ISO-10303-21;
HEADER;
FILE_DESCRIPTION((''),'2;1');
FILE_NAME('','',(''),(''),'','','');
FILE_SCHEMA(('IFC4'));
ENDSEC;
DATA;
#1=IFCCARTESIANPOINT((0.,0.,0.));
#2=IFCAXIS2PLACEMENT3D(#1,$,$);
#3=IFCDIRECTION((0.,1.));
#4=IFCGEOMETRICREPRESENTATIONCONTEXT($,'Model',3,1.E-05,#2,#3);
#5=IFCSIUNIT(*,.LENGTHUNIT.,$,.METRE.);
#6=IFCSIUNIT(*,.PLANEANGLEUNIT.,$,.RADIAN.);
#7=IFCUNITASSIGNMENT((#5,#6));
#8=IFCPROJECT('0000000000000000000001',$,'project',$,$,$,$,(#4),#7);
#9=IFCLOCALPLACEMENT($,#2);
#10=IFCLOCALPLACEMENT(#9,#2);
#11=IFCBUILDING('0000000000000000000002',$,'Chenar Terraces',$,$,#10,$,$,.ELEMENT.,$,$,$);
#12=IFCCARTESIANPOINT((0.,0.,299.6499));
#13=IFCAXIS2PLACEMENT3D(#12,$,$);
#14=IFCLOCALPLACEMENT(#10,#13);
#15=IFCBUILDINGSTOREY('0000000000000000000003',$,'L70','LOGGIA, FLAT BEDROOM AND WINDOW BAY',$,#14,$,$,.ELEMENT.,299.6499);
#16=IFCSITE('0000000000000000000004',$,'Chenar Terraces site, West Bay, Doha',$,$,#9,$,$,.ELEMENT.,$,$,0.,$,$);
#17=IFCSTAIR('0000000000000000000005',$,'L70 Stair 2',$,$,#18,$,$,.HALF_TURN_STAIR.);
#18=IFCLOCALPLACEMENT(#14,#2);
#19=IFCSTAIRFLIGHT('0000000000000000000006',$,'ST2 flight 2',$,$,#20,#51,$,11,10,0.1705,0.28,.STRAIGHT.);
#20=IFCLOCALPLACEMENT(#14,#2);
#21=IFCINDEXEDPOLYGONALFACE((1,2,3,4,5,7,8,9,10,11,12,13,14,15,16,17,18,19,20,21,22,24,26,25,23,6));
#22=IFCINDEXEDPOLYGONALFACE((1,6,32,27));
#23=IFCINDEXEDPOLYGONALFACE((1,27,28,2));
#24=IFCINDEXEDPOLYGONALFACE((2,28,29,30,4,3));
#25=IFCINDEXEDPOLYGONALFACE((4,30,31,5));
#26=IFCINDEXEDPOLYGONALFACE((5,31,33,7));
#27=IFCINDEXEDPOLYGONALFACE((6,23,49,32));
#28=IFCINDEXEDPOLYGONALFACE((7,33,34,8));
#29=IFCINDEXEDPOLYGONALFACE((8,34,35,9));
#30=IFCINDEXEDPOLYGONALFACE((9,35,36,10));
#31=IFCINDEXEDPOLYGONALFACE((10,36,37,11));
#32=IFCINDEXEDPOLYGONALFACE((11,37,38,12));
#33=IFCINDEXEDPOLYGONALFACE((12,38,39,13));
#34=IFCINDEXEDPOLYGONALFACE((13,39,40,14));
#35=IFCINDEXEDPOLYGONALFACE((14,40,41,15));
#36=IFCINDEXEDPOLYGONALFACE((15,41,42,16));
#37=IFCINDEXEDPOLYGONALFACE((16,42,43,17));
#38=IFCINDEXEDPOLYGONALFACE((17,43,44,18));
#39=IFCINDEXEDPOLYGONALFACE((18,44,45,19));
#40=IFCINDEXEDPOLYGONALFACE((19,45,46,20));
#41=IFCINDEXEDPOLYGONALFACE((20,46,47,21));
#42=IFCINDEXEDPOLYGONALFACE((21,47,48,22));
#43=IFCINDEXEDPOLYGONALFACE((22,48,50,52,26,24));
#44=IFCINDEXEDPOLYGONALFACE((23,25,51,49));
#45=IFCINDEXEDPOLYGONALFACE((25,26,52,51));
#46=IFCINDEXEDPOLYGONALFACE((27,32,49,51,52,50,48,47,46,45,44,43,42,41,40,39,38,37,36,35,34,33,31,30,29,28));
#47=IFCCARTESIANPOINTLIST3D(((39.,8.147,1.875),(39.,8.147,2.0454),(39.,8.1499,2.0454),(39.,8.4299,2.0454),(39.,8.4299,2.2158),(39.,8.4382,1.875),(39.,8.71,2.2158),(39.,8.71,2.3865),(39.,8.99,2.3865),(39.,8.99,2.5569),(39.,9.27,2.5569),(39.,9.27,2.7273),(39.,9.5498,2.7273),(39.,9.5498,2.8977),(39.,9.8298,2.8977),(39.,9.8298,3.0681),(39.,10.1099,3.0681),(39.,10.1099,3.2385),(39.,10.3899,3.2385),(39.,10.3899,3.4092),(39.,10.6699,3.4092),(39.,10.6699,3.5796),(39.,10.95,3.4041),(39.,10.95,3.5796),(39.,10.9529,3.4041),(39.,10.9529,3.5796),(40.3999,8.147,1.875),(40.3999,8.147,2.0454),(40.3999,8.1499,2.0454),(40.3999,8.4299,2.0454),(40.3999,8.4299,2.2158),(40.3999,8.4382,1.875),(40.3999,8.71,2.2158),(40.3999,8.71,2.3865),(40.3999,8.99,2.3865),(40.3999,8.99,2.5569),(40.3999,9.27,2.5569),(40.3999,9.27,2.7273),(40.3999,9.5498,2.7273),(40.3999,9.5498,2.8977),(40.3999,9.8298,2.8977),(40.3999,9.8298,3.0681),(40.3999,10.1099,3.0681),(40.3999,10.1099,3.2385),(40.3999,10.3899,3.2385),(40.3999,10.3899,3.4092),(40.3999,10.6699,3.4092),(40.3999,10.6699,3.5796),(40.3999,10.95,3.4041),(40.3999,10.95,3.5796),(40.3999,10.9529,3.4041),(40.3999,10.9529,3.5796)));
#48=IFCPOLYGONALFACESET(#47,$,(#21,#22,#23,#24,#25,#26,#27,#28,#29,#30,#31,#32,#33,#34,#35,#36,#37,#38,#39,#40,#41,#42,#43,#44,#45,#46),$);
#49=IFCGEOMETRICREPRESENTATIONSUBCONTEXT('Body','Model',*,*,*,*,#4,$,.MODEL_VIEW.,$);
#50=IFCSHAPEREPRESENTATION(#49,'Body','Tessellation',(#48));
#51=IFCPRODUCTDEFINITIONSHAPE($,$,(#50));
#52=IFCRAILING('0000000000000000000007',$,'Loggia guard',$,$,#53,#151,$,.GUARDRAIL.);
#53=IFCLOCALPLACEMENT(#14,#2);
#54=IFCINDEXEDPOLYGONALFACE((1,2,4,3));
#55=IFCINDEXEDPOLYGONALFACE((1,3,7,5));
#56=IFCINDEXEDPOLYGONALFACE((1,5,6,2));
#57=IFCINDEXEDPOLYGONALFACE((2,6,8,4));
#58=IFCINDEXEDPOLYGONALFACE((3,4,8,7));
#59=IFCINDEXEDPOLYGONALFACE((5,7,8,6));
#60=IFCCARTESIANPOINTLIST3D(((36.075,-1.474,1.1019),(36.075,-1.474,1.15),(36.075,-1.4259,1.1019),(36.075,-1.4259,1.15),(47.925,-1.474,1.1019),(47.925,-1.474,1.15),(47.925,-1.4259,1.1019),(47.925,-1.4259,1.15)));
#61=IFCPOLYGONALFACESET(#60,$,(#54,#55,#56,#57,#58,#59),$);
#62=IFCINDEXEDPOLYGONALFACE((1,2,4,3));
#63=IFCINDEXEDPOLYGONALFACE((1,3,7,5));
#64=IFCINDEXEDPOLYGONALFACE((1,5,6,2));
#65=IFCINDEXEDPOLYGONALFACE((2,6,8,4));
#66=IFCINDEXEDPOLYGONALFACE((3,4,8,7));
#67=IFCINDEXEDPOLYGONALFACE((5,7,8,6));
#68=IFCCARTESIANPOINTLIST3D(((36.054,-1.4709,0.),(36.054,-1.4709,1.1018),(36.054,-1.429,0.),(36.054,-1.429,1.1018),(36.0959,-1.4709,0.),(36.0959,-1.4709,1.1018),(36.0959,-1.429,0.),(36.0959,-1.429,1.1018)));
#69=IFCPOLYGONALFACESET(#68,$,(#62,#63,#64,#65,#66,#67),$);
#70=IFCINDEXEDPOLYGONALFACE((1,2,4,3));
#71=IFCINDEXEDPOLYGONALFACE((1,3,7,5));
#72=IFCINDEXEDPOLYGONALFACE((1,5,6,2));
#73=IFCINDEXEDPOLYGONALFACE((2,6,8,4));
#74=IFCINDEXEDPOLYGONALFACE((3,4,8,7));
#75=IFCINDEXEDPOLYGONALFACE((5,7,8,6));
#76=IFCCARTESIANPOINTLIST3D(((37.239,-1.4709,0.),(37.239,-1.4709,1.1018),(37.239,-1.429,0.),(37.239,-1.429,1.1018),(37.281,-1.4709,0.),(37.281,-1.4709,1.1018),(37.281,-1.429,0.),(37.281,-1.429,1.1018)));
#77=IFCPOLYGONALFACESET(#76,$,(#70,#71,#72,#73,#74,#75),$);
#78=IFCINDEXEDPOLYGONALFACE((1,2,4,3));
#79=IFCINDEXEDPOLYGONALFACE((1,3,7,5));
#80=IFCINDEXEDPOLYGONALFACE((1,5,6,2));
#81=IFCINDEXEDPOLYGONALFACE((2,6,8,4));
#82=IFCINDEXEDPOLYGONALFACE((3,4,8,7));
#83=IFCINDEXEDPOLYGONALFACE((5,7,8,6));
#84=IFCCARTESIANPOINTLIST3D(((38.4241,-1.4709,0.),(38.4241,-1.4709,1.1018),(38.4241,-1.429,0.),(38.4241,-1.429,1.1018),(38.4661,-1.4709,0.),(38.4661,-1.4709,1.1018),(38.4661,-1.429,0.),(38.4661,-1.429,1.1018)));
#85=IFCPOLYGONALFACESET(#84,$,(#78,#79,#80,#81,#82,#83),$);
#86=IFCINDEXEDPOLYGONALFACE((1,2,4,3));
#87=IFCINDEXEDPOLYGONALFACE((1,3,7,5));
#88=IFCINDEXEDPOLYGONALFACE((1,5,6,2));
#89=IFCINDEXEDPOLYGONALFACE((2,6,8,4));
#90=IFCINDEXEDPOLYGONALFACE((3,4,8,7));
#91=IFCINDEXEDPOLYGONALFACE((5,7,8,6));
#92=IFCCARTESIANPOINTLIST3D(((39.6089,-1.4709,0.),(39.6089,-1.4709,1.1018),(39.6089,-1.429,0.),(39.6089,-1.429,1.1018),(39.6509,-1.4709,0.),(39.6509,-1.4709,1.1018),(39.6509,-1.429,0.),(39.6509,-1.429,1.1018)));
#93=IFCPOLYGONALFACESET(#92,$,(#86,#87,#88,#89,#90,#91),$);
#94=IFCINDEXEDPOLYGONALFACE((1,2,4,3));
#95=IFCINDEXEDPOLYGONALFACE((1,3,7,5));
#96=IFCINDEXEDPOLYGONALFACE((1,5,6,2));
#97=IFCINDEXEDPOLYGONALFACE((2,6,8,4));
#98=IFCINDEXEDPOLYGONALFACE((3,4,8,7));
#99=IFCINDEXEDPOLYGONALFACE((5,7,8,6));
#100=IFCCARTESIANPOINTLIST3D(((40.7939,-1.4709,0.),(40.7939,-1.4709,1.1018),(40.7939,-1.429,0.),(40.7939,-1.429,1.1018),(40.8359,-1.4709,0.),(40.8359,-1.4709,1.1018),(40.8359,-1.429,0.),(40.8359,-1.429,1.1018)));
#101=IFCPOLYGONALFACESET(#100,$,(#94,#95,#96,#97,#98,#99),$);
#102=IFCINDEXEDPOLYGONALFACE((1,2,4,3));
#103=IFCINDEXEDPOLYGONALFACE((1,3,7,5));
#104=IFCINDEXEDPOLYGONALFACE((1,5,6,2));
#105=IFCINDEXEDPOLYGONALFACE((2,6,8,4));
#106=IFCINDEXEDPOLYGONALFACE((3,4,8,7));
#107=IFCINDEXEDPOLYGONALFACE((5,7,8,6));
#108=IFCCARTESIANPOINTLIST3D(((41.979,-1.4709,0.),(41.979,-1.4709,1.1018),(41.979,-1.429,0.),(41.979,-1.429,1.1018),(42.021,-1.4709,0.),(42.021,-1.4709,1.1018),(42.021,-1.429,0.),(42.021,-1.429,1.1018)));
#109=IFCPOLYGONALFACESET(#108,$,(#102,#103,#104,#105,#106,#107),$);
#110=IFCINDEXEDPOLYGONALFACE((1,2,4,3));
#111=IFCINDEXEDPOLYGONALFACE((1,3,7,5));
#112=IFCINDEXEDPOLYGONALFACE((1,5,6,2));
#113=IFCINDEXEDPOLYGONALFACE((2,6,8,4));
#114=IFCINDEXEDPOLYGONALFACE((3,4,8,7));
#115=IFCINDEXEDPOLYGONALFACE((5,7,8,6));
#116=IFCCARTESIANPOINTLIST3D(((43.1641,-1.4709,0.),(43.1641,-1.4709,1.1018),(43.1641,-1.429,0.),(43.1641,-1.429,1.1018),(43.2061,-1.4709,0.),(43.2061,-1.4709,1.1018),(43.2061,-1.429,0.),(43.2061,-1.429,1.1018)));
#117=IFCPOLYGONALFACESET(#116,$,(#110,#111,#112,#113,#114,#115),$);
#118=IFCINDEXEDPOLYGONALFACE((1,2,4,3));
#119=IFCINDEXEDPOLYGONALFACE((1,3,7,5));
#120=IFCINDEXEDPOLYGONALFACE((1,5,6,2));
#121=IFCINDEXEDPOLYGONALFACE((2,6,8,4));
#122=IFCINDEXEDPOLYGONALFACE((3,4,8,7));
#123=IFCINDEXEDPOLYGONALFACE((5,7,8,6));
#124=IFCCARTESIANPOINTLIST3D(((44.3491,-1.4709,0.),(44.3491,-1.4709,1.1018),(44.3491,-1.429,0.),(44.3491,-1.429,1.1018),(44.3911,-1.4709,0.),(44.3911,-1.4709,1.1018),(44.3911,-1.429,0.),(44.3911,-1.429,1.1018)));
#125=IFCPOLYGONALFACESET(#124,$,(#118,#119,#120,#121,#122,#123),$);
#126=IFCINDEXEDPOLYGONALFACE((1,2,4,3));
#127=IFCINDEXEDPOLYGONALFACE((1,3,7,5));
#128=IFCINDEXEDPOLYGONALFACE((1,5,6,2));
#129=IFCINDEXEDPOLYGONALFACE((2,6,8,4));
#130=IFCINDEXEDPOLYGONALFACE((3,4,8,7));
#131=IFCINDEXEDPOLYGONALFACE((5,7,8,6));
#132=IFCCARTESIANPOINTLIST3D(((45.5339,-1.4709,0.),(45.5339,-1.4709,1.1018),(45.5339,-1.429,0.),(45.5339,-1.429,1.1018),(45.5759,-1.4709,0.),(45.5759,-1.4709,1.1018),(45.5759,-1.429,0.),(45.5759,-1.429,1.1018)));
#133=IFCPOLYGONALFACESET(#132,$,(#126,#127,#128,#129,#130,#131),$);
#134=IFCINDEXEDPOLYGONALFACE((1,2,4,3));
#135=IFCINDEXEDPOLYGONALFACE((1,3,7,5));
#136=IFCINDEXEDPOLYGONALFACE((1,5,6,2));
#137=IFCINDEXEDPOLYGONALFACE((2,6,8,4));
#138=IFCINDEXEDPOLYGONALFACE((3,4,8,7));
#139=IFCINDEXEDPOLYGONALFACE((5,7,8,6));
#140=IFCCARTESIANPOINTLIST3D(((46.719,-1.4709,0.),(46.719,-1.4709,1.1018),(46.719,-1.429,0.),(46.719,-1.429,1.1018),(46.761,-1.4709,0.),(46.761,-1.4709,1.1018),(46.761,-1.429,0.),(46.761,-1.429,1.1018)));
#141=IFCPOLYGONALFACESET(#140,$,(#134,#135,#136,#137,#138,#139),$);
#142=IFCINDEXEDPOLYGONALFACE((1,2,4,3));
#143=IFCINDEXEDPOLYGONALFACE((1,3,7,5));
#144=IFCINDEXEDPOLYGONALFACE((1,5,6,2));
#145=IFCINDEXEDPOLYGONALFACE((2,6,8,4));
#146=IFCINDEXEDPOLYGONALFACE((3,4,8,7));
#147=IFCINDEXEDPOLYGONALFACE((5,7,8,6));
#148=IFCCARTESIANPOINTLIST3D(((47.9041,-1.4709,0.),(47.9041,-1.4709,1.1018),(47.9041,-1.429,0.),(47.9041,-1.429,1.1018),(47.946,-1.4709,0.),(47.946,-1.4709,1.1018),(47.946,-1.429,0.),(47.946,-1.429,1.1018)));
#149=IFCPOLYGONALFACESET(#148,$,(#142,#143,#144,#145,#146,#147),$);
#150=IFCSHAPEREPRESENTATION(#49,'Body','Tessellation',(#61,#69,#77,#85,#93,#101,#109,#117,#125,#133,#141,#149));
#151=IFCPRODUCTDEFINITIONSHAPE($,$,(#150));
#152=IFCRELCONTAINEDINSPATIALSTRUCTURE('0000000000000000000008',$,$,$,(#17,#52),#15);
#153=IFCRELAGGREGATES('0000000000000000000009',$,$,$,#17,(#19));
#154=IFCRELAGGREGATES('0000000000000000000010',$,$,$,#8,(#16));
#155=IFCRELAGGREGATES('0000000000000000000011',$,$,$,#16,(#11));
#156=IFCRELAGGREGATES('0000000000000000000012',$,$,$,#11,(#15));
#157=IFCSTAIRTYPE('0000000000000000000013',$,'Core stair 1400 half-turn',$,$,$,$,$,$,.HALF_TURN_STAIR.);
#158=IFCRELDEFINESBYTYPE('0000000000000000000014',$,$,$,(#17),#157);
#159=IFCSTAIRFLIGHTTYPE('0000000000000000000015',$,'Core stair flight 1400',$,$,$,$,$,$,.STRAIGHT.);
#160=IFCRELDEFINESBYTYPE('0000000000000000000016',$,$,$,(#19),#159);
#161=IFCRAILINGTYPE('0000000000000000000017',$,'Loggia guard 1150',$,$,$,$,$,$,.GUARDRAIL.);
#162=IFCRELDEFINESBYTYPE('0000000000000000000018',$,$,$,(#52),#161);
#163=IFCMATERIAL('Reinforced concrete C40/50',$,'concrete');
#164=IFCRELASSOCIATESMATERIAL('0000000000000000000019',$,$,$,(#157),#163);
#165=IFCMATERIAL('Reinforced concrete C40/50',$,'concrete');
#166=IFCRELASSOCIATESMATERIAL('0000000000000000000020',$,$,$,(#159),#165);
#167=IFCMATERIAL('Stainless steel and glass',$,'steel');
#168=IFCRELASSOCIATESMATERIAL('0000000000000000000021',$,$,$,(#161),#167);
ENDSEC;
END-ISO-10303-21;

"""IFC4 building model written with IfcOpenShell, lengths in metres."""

from ifc_helpers import new_model, si_unit, direction, frame, origin, origin_2d, place, context, subcontext, project, spatial, polyline, rectangle, outline, extrude, material, type_object, element, aggregate, save


model = new_model("IFC4")

# Units and contexts
model_context = context("Model", 3, precision=1e-05, world=origin(), true_north=direction((0.0, 1.0)))
body_context = subcontext(model_context, "Body", "Model", "MODEL_VIEW")
ifc_project = project(units=[si_unit("LENGTHUNIT", "METRE"), si_unit("PLANEANGLEUNIT", "RADIAN")], contexts=[model_context])

# Site, building, storey
site_placement = place(None, origin())
site = spatial("IfcSite", under=ifc_project, at=site_placement, Name="Chenar Terraces site, West Bay, Doha", CompositionType="ELEMENT", RefElevation=0.0)
building_placement = place(site_placement, origin())
building = spatial("IfcBuilding", under=site, at=building_placement, Name="Chenar Terraces", CompositionType="ELEMENT")
storey_placement = place(building_placement, frame((0.0, 0.0, 299.6499)))
storey = spatial("IfcBuildingStorey", under=building, at=storey_placement, Name="L70", Description="LOGGIA, FLAT BEDROOM AND WINDOW BAY", CompositionType="ELEMENT", Elevation=299.6499)

# Stair, stair flight
ifc_material_1 = material(Name="Reinforced concrete C40/50", Category="concrete")
stair_type = type_object("IfcStairType", Name="Core stair 1400 half-turn", PredefinedType="HALF_TURN_STAIR", material=ifc_material_1)
stair_placement = place(storey_placement, origin())
stair = element("IfcStair", 1, at=stair_placement, inside=storey, type_object=stair_type, Name="L70 Stair 2", PredefinedType="HALF_TURN_STAIR")
ifc_material_2 = material(Name="Reinforced concrete C40/50", Category="concrete")
stair_flight_type = type_object("IfcStairFlightType", Name="Core stair flight 1400", PredefinedType="STRAIGHT", material=ifc_material_2)
stair_flight_1_placement = place(storey_placement, frame((39.7, 8.1499, 1.875), z_axis=(0.0, 0.0, 1.0), x_axis=(0.0, 1.0, 0.0)))
stair_flight_1 = element("IfcStairFlight", 2, at=stair_flight_1_placement, type_object=stair_flight_type, Name="ST2 flight 2", NumberOfRisers=11, NumberOfTreads=10, PredefinedType="STRAIGHT", RiserHeight=0.1705, TreadLength=0.28, context=body_context, shape_type="SweptSolid", body=[
    extrude(outline(polyline([(-0.0029, 0.0), (-0.0029, 0.1704), (0.0, 0.1704), (0.28, 0.1704), (0.28, 0.3408), (0.5601, 0.3408), (0.5601, 0.5115), (0.8401, 0.5115), (0.8401, 0.6819), (1.1201, 0.6819), (1.1201, 0.8523), (1.3999, 0.8523), (1.3999, 1.0227), (1.6799, 1.0227), (1.6799, 1.1931), (1.96, 1.1931), (1.96, 1.3635), (2.24, 1.3635), (2.24, 1.5342), (2.52, 1.5342), (2.52, 1.7046), (2.8, 1.7046), (2.803, 1.7046), (2.803, 1.5291), (2.8, 1.5291), (0.2883, 0.0), (-0.0029, 0.0)])), frame((0.0, 0.7, 0.0), z_axis=(0.0, -1.0, 0.0), x_axis=(1.0, 0.0, 0.0)), (0.0, 0.0, 1.0), 1.3999),
])
aggregate(stair, [stair_flight_1])

# Railing
ifc_material_3 = material(Name="Stainless steel and glass", Category="steel")
railing_type_1 = type_object("IfcRailingType", Name="Loggia guard 1150", PredefinedType="GUARDRAIL", material=ifc_material_3)
railing_1_placement = place(storey_placement, frame((36.075, -1.45, 0.0)))
element("IfcRailing", 3, at=railing_1_placement, inside=storey, type_object=railing_type_1, Name="Loggia guard", PredefinedType="GUARDRAIL", context=body_context, shape_type="SweptSolid", body=[
    extrude(rectangle(XDim=0.0481, YDim=0.0481, at=origin_2d()), frame((0.0, 0.0, 1.126), z_axis=(1.0, 0.0, 0.0), x_axis=(0.0, 1.0, 0.0)), (0.0, 0.0, 1.0), 11.8501),
    extrude(rectangle(XDim=0.042, YDim=0.042, at=origin_2d()), origin(), (0.0, 0.0, 1.0), 1.1018),
    extrude(rectangle(XDim=0.042, YDim=0.042, at=origin_2d()), frame((1.1851, 0.0, 0.0)), (0.0, 0.0, 1.0), 1.1018),
    extrude(rectangle(XDim=0.042, YDim=0.042, at=origin_2d()), frame((2.3701, 0.0, 0.0)), (0.0, 0.0, 1.0), 1.1018),
    extrude(rectangle(XDim=0.042, YDim=0.042, at=origin_2d()), frame((3.5549, 0.0, 0.0)), (0.0, 0.0, 1.0), 1.1018),
    extrude(rectangle(XDim=0.042, YDim=0.042, at=origin_2d()), frame((4.74, 0.0, 0.0)), (0.0, 0.0, 1.0), 1.1018),
    extrude(rectangle(XDim=0.042, YDim=0.042, at=origin_2d()), frame((5.925, 0.0, 0.0)), (0.0, 0.0, 1.0), 1.1018),
    extrude(rectangle(XDim=0.042, YDim=0.042, at=origin_2d()), frame((7.1101, 0.0, 0.0)), (0.0, 0.0, 1.0), 1.1018),
    extrude(rectangle(XDim=0.042, YDim=0.042, at=origin_2d()), frame((8.2952, 0.0, 0.0)), (0.0, 0.0, 1.0), 1.1018),
    extrude(rectangle(XDim=0.042, YDim=0.042, at=origin_2d()), frame((9.48, 0.0, 0.0)), (0.0, 0.0, 1.0), 1.1018),
    extrude(rectangle(XDim=0.042, YDim=0.042, at=origin_2d()), frame((10.665, 0.0, 0.0)), (0.0, 0.0, 1.0), 1.1018),
    extrude(rectangle(XDim=0.042, YDim=0.042, at=origin_2d()), frame((11.8501, 0.0, 0.0)), (0.0, 0.0, 1.0), 1.1018),
])

save(model, "model.ifc")
